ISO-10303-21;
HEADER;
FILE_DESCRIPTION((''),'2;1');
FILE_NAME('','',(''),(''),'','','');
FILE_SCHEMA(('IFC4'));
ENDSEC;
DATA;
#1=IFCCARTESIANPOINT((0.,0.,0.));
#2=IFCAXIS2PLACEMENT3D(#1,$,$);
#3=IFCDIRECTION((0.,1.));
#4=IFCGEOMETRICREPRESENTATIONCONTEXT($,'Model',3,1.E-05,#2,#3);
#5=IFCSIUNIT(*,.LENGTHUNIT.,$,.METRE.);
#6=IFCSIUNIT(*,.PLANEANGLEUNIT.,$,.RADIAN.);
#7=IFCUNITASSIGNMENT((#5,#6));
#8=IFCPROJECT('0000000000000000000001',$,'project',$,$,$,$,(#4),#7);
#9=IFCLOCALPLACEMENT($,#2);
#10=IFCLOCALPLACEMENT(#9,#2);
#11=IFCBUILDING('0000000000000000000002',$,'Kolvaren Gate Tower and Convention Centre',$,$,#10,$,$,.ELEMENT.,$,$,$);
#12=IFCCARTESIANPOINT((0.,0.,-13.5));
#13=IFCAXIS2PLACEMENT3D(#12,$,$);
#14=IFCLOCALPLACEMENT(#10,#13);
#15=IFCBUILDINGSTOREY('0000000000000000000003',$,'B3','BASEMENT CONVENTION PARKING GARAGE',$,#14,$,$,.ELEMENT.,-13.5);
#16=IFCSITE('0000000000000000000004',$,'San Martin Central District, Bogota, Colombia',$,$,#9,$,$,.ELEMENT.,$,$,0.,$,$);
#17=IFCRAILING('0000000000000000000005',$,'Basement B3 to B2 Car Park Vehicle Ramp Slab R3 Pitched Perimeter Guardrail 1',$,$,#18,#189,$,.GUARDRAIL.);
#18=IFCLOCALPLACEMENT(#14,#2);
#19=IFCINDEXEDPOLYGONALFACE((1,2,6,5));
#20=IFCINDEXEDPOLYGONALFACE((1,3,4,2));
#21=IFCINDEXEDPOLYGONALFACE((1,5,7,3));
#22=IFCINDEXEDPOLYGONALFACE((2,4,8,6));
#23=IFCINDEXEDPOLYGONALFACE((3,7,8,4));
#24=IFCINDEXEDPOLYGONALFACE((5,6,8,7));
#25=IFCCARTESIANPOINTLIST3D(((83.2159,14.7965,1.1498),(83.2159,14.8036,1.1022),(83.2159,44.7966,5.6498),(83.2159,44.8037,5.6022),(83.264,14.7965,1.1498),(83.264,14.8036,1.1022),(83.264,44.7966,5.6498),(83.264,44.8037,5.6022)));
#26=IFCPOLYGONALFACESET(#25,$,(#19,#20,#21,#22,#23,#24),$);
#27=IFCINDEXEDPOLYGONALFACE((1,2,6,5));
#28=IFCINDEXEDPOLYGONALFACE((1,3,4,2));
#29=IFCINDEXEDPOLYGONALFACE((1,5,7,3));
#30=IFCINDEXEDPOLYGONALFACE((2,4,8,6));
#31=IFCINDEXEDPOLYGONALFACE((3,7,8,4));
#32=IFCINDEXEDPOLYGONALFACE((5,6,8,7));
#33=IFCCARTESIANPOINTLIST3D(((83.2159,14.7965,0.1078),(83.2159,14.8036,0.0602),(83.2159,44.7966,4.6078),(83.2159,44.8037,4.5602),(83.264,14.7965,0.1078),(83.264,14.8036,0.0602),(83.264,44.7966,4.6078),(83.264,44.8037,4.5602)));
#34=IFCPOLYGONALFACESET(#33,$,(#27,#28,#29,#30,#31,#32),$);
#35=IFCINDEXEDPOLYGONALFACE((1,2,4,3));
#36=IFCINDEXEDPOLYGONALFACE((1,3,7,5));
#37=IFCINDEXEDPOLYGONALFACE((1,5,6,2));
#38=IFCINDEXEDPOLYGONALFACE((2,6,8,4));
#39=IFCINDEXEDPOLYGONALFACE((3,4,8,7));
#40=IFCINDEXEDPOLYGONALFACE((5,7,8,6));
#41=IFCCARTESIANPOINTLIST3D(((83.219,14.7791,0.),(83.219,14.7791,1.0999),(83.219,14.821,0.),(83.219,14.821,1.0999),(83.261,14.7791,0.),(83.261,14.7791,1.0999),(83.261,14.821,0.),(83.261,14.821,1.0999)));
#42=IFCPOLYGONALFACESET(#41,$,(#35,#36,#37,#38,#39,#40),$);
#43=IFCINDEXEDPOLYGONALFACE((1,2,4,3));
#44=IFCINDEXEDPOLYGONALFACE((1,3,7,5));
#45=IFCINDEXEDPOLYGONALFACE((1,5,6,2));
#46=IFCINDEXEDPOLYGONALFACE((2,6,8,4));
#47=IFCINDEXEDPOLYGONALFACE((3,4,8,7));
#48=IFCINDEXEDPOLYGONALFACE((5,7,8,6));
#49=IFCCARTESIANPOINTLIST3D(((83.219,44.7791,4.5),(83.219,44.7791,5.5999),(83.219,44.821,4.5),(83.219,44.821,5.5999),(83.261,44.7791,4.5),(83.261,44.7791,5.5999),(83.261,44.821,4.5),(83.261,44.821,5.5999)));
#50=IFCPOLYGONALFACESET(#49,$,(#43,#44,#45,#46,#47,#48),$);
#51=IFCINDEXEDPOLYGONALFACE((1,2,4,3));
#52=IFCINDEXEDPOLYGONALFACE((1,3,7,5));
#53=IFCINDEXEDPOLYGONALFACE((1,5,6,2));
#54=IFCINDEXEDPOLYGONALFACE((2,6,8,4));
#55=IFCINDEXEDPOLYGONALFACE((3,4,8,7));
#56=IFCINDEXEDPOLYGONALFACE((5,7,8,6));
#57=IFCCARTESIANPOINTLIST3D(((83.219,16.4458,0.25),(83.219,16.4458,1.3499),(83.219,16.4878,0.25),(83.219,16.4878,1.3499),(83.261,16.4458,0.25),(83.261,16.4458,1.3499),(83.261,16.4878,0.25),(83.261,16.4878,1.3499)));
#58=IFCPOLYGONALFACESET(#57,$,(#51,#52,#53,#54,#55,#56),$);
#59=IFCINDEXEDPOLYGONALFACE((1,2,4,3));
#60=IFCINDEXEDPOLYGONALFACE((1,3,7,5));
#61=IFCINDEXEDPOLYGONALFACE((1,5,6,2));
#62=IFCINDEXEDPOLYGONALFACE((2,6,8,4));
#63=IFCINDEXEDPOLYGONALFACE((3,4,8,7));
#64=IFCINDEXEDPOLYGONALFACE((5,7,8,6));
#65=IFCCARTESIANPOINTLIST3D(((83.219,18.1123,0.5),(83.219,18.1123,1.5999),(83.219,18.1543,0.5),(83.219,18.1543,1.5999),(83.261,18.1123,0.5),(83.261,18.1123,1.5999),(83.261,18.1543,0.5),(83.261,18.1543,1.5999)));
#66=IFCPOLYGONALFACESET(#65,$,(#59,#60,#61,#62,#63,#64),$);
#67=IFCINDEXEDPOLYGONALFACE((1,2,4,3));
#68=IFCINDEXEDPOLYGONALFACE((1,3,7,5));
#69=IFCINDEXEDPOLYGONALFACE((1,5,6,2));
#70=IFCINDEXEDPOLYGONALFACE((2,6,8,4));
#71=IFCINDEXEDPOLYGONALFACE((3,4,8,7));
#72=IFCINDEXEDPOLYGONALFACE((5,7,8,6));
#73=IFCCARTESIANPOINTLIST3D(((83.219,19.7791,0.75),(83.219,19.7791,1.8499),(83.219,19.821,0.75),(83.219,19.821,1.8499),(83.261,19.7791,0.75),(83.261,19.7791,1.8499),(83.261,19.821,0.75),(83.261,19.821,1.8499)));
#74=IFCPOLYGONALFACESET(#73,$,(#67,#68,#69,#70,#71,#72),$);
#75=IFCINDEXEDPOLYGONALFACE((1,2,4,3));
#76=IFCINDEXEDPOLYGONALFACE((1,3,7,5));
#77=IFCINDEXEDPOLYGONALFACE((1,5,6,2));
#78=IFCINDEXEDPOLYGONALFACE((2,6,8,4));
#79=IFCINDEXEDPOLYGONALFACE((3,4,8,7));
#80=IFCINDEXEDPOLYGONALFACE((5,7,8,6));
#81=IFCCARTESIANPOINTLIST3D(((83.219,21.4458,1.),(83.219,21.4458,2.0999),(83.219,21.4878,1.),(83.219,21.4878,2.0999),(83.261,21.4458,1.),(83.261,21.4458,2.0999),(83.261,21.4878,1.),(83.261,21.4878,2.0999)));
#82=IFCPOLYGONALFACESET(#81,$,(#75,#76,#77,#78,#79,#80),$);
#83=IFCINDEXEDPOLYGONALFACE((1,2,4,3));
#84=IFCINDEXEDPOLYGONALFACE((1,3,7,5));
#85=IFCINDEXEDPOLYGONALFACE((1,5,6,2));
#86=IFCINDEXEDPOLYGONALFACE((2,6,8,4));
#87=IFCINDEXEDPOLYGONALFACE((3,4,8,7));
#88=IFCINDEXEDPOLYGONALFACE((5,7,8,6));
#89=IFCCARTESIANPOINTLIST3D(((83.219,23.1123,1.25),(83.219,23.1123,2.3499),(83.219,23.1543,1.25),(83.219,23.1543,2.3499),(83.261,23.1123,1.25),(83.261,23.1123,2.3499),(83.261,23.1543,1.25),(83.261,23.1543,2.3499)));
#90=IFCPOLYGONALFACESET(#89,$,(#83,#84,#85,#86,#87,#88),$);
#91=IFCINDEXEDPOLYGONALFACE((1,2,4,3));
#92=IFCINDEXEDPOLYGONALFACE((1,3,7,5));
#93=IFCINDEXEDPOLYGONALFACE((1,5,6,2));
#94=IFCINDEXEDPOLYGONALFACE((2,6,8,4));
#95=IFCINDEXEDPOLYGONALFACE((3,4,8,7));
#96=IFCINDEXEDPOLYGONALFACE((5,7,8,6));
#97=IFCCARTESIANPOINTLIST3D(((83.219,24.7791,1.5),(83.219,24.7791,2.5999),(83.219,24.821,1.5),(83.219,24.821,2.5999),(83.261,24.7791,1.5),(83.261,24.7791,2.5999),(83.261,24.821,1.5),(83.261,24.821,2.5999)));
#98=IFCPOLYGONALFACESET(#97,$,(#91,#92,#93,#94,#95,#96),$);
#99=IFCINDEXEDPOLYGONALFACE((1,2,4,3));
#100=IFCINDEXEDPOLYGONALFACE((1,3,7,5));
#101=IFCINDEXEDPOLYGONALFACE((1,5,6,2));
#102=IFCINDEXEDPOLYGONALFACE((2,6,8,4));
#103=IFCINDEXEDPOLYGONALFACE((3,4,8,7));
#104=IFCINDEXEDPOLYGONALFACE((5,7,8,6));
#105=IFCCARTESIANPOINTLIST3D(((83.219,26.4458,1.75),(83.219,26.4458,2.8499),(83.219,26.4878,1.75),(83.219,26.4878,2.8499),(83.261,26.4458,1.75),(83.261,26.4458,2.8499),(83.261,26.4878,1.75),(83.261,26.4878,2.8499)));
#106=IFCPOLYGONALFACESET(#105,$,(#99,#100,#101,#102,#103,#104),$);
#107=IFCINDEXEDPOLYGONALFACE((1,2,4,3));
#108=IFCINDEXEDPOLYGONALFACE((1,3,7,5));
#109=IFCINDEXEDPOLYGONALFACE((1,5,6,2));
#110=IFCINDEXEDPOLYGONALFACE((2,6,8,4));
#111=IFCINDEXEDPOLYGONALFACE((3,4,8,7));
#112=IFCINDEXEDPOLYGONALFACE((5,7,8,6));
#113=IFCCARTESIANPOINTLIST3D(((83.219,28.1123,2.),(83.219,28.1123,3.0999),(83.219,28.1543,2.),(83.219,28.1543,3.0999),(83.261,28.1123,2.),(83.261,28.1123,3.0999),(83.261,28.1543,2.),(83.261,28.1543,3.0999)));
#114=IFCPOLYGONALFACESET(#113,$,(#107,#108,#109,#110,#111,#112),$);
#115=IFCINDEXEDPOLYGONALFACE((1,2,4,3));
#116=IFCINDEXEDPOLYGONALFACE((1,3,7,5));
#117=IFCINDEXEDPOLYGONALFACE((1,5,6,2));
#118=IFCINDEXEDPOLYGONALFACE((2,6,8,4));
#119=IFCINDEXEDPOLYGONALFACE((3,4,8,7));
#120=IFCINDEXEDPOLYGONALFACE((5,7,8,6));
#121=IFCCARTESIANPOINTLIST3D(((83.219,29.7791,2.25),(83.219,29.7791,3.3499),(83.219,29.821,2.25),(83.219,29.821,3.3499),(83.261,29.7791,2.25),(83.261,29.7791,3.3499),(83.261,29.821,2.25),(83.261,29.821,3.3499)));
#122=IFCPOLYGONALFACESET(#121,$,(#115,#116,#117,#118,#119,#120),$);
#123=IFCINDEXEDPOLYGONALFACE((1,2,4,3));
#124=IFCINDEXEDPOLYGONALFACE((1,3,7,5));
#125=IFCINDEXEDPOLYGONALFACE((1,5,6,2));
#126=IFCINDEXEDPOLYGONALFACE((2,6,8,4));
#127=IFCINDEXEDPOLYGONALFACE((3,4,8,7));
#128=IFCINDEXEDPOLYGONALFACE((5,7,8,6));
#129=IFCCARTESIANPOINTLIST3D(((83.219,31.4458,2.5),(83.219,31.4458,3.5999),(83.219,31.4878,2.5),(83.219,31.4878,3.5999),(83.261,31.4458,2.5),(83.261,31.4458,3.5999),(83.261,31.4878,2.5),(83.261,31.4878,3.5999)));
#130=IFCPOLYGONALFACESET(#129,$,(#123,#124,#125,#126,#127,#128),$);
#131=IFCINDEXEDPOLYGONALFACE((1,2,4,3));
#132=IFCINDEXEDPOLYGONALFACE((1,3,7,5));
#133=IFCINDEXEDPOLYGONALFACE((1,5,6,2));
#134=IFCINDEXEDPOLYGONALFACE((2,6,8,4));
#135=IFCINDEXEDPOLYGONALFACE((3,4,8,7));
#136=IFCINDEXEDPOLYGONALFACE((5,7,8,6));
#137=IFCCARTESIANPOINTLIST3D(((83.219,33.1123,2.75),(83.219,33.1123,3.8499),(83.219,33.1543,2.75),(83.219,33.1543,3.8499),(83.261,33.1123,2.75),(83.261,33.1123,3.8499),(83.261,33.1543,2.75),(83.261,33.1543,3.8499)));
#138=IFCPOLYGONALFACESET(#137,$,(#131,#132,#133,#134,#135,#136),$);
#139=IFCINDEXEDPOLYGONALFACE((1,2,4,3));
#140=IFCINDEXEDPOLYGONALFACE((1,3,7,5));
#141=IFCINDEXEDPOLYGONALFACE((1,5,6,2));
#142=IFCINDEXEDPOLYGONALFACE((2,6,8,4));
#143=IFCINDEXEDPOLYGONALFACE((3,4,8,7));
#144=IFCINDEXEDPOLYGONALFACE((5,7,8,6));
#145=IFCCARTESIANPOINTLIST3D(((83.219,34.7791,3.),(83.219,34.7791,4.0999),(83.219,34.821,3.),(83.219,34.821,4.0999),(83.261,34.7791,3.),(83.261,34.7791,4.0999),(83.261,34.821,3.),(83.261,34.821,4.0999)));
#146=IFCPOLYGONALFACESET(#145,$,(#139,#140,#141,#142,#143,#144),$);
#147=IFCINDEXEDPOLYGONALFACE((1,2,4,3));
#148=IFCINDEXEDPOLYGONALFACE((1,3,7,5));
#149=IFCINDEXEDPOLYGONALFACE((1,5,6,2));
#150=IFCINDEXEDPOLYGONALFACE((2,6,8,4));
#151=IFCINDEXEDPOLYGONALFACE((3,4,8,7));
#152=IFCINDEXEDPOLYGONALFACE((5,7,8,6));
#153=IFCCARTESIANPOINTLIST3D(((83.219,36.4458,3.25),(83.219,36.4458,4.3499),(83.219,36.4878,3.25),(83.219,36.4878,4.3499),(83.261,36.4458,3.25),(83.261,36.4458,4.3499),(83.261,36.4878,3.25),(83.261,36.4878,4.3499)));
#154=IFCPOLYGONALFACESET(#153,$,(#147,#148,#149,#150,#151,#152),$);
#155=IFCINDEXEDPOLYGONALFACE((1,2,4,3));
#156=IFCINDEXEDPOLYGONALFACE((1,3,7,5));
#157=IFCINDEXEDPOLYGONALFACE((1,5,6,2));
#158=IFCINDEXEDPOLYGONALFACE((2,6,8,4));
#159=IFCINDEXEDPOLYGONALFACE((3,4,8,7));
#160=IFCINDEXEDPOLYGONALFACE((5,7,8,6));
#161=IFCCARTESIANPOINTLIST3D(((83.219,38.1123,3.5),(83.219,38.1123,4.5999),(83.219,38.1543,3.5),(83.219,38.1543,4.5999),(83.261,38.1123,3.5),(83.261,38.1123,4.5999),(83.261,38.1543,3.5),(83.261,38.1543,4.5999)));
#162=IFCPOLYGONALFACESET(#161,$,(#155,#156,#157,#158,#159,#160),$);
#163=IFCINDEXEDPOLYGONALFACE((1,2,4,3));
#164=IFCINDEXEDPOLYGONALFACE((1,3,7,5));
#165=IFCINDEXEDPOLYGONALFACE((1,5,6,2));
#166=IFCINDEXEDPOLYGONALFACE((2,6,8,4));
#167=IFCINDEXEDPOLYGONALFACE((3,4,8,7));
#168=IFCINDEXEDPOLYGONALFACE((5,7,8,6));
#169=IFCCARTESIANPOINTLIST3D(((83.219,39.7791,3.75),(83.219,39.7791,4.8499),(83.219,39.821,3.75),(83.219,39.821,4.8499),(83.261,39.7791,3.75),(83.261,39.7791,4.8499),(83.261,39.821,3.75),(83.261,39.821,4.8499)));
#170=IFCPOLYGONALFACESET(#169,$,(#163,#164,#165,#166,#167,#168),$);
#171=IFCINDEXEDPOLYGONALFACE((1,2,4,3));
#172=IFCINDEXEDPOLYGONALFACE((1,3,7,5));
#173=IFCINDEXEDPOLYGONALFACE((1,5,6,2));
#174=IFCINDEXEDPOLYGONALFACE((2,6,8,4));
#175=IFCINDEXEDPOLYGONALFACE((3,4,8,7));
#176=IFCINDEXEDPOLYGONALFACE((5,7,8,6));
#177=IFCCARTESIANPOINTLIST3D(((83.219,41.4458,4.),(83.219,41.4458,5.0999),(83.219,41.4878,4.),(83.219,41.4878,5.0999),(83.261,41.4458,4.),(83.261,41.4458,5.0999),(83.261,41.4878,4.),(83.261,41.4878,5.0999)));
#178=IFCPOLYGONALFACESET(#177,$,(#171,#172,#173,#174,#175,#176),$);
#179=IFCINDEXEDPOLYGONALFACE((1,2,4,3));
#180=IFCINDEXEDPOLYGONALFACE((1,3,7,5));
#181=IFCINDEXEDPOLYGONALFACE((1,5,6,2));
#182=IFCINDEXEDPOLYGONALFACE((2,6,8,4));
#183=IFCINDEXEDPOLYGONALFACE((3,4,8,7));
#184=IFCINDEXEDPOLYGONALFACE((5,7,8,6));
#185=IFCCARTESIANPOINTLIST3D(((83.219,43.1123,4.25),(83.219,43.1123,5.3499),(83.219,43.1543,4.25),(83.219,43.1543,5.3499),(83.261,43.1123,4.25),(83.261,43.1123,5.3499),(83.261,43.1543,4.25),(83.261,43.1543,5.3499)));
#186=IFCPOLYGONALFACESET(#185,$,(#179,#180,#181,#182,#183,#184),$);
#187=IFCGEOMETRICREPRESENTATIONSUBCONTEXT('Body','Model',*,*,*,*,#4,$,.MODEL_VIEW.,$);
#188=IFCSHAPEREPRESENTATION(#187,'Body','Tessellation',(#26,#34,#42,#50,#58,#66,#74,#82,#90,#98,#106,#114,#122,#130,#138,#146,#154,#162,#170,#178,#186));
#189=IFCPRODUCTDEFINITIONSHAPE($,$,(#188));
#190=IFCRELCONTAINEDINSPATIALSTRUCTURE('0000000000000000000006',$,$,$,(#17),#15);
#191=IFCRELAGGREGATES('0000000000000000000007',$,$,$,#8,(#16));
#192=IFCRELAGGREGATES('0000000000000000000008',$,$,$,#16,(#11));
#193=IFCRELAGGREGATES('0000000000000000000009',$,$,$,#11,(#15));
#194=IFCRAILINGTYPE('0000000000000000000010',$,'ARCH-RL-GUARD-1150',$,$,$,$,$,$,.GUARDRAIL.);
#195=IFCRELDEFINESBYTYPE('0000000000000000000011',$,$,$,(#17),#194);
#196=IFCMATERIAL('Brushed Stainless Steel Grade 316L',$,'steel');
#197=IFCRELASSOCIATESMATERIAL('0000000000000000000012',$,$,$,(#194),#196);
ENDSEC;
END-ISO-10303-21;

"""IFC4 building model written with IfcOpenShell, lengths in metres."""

from ifc_helpers import new_model, si_unit, direction, frame, origin, origin_2d, place, context, subcontext, project, spatial, rectangle, extrude, material, type_object, element, save


model = new_model("IFC4")

# Units and contexts
model_context = context("Model", 3, precision=1e-05, world=origin(), true_north=direction((0.0, 1.0)))
body_context = subcontext(model_context, "Body", "Model", "MODEL_VIEW")
ifc_project = project(units=[si_unit("LENGTHUNIT", "METRE"), si_unit("PLANEANGLEUNIT", "RADIAN")], contexts=[model_context])

# Site, building, storey
site_placement = place(None, origin())
site = spatial("IfcSite", under=ifc_project, at=site_placement, Name="San Martin Central District, Bogota, Colombia", CompositionType="ELEMENT", RefElevation=0.0)
building_placement = place(site_placement, origin())
building = spatial("IfcBuilding", under=site, at=building_placement, Name="Kolvaren Gate Tower and Convention Centre", CompositionType="ELEMENT")
storey_placement = place(building_placement, frame((0.0, 0.0, -13.5)))
storey = spatial("IfcBuildingStorey", under=building, at=storey_placement, Name="B3", Description="BASEMENT CONVENTION PARKING GARAGE", CompositionType="ELEMENT", Elevation=-13.5)

# Railing
ifc_material_1 = material(Name="Brushed Stainless Steel Grade 316L", Category="steel")
railing_type = type_object("IfcRailingType", Name="ARCH-RL-GUARD-1150", PredefinedType="GUARDRAIL", material=ifc_material_1)
railing_1_placement = place(storey_placement, frame((83.24, 14.8, 0.0)))
element("IfcRailing", 1, at=railing_1_placement, inside=storey, type_object=railing_type, Name="Basement B3 to B2 Car Park Vehicle Ramp Slab R3 Pitched Perimeter Guardrail 1", PredefinedType="GUARDRAIL", context=body_context, shape_type="SweptSolid", body=[
    extrude(rectangle(XDim=0.0481, YDim=0.0481, at=origin_2d()), frame((0.0, 0.0, 1.126), z_axis=(0.0, 0.988936, 0.14834), x_axis=(-1.0, 0.0, 0.0)), (0.0, 0.0, 1.0), 30.3357),
    extrude(rectangle(XDim=0.0481, YDim=0.0481, at=origin_2d()), frame((0.0, 0.0, 0.084), z_axis=(0.0, 0.988936, 0.14834), x_axis=(-1.0, 0.0, 0.0)), (0.0, 0.0, 1.0), 30.3357),
    extrude(rectangle(XDim=0.042, YDim=0.042, at=origin_2d()), origin(), (0.0, 0.0, 1.0), 1.0999),
    extrude(rectangle(XDim=0.042, YDim=0.042, at=origin_2d()), frame((0.0, 30.0, 4.5)), (0.0, 0.0, 1.0), 1.0999),
    extrude(rectangle(XDim=0.042, YDim=0.042, at=origin_2d()), frame((0.0, 1.6667, 0.25)), (0.0, 0.0, 1.0), 1.0999),
    extrude(rectangle(XDim=0.042, YDim=0.042, at=origin_2d()), frame((0.0, 3.3333, 0.5)), (0.0, 0.0, 1.0), 1.0999),
    extrude(rectangle(XDim=0.042, YDim=0.042, at=origin_2d()), frame((0.0, 5.0, 0.75)), (0.0, 0.0, 1.0), 1.0999),
    extrude(rectangle(XDim=0.042, YDim=0.042, at=origin_2d()), frame((0.0, 6.6667, 1.0)), (0.0, 0.0, 1.0), 1.0999),
    extrude(rectangle(XDim=0.042, YDim=0.042, at=origin_2d()), frame((0.0, 8.3333, 1.25)), (0.0, 0.0, 1.0), 1.0999),
    extrude(rectangle(XDim=0.042, YDim=0.042, at=origin_2d()), frame((0.0, 10.0, 1.5)), (0.0, 0.0, 1.0), 1.0999),
    extrude(rectangle(XDim=0.042, YDim=0.042, at=origin_2d()), frame((0.0, 11.6667, 1.75)), (0.0, 0.0, 1.0), 1.0999),
    extrude(rectangle(XDim=0.042, YDim=0.042, at=origin_2d()), frame((0.0, 13.3333, 2.0)), (0.0, 0.0, 1.0), 1.0999),
    extrude(rectangle(XDim=0.042, YDim=0.042, at=origin_2d()), frame((0.0, 15.0, 2.25)), (0.0, 0.0, 1.0), 1.0999),
    extrude(rectangle(XDim=0.042, YDim=0.042, at=origin_2d()), frame((0.0, 16.6667, 2.5)), (0.0, 0.0, 1.0), 1.0999),
    extrude(rectangle(XDim=0.042, YDim=0.042, at=origin_2d()), frame((0.0, 18.3333, 2.75)), (0.0, 0.0, 1.0), 1.0999),
    extrude(rectangle(XDim=0.042, YDim=0.042, at=origin_2d()), frame((0.0, 20.0, 3.0)), (0.0, 0.0, 1.0), 1.0999),
    extrude(rectangle(XDim=0.042, YDim=0.042, at=origin_2d()), frame((0.0, 21.6667, 3.25)), (0.0, 0.0, 1.0), 1.0999),
    extrude(rectangle(XDim=0.042, YDim=0.042, at=origin_2d()), frame((0.0, 23.3333, 3.5)), (0.0, 0.0, 1.0), 1.0999),
    extrude(rectangle(XDim=0.042, YDim=0.042, at=origin_2d()), frame((0.0, 25.0, 3.75)), (0.0, 0.0, 1.0), 1.0999),
    extrude(rectangle(XDim=0.042, YDim=0.042, at=origin_2d()), frame((0.0, 26.6667, 4.0)), (0.0, 0.0, 1.0), 1.0999),
    extrude(rectangle(XDim=0.042, YDim=0.042, at=origin_2d()), frame((0.0, 28.3333, 4.25)), (0.0, 0.0, 1.0), 1.0999),
])

save(model, "model.ifc")
